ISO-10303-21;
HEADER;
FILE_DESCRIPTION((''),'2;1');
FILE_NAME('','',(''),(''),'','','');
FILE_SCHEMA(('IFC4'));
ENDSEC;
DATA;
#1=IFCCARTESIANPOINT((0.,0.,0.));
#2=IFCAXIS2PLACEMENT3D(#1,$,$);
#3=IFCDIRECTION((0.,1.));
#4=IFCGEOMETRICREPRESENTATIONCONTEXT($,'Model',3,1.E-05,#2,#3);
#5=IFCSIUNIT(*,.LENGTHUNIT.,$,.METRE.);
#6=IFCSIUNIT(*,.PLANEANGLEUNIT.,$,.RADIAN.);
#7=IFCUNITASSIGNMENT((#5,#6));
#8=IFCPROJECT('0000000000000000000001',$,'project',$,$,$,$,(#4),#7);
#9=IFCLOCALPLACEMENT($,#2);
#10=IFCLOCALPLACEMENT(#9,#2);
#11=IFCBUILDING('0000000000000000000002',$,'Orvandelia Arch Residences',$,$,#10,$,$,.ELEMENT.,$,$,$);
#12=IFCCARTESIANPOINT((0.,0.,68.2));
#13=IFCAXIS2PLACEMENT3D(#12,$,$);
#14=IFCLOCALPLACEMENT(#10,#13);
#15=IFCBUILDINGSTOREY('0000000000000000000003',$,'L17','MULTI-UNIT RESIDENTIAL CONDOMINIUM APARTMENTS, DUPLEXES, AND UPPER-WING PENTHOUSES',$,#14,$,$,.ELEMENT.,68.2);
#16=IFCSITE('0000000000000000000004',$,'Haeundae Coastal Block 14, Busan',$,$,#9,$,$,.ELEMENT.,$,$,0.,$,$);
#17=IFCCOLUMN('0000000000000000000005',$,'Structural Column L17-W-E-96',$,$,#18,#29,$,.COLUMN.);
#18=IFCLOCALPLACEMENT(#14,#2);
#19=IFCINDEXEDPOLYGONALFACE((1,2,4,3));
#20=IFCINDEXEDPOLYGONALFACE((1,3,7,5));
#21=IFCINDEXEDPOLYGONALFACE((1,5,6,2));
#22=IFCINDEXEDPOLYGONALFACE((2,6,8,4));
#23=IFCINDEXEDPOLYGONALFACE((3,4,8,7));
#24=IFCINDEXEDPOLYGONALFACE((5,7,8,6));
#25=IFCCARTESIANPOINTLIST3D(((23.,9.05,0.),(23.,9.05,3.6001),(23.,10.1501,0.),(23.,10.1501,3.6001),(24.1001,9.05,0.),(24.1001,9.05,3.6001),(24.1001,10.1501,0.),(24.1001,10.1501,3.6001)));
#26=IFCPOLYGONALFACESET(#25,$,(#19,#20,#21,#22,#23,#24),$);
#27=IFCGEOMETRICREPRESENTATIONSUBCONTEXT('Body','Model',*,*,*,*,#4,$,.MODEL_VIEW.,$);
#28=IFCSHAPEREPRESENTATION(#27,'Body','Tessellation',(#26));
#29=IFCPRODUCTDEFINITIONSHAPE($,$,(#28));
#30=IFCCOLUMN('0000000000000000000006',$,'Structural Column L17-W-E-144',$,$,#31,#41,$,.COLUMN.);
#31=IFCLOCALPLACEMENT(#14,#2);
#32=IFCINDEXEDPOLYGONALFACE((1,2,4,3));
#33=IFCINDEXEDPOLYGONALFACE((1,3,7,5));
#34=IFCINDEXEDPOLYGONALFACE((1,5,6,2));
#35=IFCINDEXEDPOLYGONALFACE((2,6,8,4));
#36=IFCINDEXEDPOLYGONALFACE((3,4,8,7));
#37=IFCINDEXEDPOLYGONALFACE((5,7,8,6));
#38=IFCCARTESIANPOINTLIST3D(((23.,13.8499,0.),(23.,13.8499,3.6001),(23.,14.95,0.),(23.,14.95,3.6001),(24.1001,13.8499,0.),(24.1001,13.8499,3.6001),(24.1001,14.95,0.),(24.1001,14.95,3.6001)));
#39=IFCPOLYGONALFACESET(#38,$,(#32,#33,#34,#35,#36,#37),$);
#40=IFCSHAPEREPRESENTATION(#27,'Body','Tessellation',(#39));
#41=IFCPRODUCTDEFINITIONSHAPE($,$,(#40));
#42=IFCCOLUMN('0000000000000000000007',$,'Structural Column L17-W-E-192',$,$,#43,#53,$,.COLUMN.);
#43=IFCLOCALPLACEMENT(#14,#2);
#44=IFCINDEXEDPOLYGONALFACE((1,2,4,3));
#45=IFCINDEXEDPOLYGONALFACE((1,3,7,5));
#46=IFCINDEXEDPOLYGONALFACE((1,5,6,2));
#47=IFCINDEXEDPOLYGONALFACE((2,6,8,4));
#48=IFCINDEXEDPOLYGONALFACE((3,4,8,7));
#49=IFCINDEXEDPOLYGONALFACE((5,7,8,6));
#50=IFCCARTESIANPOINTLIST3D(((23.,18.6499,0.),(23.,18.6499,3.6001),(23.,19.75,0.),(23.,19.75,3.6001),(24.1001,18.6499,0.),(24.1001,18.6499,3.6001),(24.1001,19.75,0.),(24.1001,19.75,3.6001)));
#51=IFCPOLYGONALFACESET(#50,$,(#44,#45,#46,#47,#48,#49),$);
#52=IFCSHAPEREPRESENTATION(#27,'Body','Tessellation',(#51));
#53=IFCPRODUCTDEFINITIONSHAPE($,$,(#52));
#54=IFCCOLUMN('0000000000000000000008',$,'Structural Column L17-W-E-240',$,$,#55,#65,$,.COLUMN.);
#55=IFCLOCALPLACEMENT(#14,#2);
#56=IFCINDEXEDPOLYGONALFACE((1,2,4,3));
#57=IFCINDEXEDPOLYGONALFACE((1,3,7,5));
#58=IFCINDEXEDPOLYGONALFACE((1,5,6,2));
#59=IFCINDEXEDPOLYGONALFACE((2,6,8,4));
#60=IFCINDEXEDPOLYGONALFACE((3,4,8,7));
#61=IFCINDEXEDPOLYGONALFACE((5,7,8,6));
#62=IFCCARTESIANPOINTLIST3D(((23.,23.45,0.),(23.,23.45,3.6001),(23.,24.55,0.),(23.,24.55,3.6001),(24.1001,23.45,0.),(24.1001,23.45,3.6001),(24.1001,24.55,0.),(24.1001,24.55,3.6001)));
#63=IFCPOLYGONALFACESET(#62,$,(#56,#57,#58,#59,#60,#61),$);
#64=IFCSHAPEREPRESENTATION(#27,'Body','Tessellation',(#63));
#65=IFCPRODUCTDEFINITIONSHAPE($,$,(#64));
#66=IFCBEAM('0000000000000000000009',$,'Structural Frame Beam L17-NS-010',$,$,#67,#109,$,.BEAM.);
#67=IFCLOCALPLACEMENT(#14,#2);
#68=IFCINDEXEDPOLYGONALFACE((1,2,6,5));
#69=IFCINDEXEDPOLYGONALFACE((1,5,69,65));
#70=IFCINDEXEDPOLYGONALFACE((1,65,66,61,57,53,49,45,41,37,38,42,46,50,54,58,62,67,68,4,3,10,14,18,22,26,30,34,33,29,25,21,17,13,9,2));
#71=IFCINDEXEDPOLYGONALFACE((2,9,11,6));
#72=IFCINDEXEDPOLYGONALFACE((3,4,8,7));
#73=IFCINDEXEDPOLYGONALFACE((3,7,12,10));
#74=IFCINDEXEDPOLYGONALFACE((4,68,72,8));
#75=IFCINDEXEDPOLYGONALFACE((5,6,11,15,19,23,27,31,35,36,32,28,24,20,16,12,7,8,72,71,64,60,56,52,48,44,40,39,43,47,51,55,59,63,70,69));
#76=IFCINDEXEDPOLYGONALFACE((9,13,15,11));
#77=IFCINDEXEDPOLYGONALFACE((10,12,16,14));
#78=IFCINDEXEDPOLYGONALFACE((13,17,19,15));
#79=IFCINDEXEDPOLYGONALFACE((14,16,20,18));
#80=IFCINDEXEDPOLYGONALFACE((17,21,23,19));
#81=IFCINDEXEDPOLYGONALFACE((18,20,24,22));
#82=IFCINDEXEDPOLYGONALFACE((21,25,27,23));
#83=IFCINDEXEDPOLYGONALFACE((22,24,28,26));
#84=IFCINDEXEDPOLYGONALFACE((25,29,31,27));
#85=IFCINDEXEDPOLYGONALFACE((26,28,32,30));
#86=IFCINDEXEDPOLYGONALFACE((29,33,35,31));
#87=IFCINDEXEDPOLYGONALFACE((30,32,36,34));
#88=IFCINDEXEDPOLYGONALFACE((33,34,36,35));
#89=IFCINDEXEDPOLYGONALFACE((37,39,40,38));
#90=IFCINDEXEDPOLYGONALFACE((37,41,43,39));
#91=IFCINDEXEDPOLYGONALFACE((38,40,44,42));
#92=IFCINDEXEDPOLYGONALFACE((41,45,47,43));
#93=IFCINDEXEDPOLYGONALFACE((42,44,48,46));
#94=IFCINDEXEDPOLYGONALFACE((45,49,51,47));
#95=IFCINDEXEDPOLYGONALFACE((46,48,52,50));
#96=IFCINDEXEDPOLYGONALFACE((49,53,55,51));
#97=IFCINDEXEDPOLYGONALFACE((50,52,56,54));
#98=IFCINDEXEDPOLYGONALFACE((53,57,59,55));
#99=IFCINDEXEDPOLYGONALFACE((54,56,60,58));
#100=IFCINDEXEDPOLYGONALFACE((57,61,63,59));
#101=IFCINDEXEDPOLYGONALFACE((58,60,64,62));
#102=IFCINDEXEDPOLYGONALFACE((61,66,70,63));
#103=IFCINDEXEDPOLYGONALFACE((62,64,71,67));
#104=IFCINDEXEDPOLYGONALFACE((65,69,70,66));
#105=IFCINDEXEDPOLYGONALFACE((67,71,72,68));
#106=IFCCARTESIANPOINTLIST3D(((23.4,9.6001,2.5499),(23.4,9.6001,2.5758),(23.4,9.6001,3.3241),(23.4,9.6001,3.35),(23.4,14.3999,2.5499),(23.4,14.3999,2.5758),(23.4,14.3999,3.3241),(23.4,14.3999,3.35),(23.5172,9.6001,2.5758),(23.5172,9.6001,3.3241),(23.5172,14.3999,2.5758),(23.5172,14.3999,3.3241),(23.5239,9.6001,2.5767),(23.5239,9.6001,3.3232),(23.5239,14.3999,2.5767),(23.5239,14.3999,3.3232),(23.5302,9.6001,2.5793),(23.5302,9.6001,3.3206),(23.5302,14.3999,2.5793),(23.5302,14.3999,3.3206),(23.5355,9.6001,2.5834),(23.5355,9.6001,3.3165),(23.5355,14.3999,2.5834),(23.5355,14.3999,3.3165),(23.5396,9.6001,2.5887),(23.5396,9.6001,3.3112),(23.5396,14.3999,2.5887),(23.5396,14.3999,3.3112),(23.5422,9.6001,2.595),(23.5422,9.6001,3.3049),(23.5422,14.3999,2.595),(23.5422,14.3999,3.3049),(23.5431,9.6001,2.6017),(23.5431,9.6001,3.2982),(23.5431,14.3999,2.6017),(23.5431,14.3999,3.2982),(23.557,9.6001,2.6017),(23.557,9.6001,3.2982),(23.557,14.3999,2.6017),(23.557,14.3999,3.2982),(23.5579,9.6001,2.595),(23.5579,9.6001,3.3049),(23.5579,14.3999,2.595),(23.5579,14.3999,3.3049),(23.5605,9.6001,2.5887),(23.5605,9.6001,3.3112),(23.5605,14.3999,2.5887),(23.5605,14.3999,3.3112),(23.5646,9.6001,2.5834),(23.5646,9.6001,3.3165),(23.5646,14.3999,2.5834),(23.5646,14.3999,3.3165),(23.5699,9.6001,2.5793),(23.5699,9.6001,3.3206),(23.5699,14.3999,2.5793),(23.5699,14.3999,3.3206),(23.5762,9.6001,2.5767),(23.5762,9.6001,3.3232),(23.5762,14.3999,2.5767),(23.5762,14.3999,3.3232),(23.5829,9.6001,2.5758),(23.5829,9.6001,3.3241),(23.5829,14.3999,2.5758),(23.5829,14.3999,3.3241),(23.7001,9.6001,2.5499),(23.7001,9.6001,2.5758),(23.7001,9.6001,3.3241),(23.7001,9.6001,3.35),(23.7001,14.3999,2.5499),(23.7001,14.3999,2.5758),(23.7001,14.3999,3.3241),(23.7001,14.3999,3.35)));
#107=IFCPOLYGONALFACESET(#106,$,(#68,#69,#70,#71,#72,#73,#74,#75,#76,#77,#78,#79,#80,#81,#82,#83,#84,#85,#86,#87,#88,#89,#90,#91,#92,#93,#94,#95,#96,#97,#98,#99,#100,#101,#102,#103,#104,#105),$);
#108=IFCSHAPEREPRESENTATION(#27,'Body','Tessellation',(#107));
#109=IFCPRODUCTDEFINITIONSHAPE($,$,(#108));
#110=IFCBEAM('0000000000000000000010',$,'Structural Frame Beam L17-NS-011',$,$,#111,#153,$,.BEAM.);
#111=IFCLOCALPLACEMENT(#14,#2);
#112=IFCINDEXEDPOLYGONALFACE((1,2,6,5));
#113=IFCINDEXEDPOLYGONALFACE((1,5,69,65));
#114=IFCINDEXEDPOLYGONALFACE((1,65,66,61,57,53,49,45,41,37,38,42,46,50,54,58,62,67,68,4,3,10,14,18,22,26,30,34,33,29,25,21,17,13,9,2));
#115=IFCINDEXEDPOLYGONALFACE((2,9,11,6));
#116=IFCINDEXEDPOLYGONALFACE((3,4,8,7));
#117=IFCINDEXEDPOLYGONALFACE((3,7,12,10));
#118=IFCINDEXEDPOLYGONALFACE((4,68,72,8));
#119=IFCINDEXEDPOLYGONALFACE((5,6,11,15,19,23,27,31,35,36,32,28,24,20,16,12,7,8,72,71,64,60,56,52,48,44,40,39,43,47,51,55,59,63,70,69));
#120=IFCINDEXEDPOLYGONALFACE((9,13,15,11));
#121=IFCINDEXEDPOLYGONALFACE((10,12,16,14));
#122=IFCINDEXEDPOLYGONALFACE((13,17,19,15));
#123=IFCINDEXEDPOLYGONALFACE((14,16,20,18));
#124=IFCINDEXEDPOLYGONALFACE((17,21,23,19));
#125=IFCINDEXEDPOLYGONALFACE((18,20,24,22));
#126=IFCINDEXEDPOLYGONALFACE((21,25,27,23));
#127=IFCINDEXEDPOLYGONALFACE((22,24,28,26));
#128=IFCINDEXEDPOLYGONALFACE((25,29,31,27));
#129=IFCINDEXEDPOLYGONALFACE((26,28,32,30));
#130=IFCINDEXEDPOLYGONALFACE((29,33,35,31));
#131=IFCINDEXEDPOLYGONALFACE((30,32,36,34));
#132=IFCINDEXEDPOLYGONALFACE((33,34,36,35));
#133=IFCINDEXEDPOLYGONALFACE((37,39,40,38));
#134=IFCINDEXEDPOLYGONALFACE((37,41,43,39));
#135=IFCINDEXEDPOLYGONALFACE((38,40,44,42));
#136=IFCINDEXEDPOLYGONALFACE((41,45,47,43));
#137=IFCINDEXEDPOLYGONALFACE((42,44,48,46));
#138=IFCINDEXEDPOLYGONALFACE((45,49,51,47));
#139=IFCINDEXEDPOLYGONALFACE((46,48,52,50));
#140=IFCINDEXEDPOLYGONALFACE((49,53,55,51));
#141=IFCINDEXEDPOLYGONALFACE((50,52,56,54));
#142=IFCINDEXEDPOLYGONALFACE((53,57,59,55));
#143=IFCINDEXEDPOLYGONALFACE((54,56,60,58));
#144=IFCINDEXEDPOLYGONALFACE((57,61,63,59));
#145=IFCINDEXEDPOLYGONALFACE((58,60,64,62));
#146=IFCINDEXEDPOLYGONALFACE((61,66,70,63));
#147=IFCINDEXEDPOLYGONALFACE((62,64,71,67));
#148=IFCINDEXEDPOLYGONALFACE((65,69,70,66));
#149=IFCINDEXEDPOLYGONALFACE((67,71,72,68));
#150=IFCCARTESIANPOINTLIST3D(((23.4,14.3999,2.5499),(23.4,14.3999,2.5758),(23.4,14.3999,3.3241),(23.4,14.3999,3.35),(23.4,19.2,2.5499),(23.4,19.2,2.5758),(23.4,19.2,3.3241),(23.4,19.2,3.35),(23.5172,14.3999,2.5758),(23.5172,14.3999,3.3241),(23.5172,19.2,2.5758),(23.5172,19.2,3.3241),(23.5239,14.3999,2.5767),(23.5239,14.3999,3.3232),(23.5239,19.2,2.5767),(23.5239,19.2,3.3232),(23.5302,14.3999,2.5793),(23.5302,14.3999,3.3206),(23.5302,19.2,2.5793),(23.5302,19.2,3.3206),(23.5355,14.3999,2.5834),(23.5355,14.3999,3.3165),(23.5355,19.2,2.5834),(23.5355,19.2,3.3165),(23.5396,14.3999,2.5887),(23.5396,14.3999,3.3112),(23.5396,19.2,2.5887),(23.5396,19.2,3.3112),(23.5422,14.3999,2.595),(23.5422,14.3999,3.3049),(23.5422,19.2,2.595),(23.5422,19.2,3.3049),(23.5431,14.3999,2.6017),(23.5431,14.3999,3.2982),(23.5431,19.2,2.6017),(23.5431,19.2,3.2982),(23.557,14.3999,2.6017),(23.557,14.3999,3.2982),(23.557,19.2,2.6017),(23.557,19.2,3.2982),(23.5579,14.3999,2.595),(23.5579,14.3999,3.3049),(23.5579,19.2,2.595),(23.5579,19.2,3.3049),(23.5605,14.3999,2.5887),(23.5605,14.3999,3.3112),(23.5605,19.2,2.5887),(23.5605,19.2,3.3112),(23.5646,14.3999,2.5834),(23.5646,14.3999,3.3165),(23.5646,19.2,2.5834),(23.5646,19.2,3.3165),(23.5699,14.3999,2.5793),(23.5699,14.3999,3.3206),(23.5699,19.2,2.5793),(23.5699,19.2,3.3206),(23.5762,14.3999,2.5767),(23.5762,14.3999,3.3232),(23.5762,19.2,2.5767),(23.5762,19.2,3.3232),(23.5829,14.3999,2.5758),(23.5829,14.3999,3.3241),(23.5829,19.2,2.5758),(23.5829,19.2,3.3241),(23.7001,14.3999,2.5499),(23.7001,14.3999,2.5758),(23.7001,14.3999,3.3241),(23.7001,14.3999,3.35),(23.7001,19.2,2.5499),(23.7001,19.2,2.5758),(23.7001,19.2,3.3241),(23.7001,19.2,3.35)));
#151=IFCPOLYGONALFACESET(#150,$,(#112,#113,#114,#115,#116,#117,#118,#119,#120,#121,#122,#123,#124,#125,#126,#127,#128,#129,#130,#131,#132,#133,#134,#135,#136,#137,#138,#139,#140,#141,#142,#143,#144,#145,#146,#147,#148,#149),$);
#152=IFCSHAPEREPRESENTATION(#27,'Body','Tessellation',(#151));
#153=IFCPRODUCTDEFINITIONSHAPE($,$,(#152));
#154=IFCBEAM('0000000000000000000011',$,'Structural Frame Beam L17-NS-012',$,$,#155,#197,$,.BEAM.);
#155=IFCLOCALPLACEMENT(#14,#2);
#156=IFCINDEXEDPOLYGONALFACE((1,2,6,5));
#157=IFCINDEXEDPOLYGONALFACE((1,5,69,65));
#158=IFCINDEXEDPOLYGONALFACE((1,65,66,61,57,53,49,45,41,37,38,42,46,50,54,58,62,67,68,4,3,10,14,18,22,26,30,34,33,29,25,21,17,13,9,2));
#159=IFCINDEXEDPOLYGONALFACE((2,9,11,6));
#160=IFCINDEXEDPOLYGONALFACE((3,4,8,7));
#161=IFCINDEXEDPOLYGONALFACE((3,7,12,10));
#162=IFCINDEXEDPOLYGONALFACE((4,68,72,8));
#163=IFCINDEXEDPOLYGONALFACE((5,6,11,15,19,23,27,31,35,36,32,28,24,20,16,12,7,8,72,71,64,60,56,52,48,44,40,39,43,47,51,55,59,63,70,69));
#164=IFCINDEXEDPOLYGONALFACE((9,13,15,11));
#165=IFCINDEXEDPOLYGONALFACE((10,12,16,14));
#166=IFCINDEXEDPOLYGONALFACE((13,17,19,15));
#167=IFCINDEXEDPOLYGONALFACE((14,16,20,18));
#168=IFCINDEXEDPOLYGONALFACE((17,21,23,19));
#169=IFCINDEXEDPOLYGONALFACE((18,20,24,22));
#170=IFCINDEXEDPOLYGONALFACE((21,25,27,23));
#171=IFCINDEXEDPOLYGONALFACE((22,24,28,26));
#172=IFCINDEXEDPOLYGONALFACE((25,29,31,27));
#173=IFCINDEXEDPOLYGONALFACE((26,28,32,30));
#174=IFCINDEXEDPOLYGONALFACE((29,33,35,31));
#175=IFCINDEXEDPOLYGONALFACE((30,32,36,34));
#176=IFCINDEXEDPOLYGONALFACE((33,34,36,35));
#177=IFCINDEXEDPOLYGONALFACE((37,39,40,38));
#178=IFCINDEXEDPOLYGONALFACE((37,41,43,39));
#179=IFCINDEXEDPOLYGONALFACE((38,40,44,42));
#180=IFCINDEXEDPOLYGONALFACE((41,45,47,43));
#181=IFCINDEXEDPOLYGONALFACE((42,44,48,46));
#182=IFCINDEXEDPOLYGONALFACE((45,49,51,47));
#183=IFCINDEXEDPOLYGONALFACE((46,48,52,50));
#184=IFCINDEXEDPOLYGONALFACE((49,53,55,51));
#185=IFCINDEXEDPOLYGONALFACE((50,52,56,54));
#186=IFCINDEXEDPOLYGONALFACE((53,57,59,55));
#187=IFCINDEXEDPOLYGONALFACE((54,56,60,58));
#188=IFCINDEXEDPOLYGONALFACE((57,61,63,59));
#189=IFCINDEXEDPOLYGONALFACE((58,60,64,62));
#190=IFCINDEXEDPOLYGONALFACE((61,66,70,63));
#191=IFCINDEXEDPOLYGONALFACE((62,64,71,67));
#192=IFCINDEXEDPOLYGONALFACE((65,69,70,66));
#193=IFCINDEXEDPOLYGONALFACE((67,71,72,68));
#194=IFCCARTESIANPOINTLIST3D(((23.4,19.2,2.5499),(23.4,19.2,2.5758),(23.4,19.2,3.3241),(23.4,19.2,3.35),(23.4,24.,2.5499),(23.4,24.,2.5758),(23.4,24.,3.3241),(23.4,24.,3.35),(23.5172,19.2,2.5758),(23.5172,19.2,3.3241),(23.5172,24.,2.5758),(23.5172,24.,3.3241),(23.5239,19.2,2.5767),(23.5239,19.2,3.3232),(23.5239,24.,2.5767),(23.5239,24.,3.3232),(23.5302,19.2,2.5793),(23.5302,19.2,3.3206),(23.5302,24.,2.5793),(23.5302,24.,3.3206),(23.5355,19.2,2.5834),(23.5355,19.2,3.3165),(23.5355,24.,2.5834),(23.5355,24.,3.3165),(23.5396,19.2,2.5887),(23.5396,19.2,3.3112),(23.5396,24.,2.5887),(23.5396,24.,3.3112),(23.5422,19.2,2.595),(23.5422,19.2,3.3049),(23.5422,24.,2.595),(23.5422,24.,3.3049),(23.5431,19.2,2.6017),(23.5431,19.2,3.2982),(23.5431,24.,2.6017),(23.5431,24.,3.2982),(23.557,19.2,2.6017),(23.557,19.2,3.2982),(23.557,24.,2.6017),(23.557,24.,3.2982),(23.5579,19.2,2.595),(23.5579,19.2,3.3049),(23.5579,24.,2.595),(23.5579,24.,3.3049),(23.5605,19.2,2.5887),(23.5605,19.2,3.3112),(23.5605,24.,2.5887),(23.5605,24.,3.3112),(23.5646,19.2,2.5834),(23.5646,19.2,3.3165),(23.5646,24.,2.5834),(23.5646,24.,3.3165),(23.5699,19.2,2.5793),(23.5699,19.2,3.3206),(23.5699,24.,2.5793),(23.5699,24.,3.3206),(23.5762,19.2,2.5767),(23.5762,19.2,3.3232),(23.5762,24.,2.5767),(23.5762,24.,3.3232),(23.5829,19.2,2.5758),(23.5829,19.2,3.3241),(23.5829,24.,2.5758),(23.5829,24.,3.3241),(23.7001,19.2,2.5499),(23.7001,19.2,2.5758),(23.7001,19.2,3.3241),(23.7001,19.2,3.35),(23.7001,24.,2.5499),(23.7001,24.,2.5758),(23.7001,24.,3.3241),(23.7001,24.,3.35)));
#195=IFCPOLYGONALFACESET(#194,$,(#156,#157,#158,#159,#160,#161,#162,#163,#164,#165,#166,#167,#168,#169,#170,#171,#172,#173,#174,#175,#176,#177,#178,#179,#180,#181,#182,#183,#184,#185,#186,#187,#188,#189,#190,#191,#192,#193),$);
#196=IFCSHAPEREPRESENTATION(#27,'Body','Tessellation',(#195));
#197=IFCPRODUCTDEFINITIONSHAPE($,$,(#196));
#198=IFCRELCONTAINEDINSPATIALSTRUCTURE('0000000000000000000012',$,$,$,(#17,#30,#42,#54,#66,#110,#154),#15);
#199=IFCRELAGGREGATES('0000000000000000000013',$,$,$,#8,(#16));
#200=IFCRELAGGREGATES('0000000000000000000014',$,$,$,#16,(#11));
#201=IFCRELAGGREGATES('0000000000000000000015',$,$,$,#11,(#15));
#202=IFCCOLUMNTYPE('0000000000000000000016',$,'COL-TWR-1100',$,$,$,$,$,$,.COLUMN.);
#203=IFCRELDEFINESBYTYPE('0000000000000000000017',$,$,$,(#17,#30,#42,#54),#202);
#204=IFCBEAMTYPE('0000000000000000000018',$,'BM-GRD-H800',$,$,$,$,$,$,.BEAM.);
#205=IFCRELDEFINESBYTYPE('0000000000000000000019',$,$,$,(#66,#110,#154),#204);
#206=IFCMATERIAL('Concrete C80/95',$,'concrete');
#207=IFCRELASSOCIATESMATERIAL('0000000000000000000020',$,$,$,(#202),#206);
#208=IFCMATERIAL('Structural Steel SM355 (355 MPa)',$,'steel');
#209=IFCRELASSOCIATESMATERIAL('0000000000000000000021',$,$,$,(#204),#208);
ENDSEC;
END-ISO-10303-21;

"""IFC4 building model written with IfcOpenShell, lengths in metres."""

from ifc_helpers import new_model, si_unit, direction, frame, origin, origin_2d, place, context, subcontext, project, spatial, rectangle, i_section, extrude, material, material_profile, profile_set, type_object, element, save


model = new_model("IFC4")

# Units and contexts
model_context = context("Model", 3, precision=1e-05, world=origin(), true_north=direction((0.0, 1.0)))
body_context = subcontext(model_context, "Body", "Model", "MODEL_VIEW")
ifc_project = project(units=[si_unit("LENGTHUNIT", "METRE"), si_unit("PLANEANGLEUNIT", "RADIAN")], contexts=[model_context])

# Site, building, storey
site_placement = place(None, origin())
site = spatial("IfcSite", under=ifc_project, at=site_placement, Name="Haeundae Coastal Block 14, Busan", CompositionType="ELEMENT", RefElevation=0.0)
building_placement = place(site_placement, origin())
building = spatial("IfcBuilding", under=site, at=building_placement, Name="Orvandelia Arch Residences", CompositionType="ELEMENT")
storey_placement = place(building_placement, frame((0.0, 0.0, 68.2)))
storey = spatial("IfcBuildingStorey", under=building, at=storey_placement, Name="L17", Description="MULTI-UNIT RESIDENTIAL CONDOMINIUM APARTMENTS, DUPLEXES, AND UPPER-WING PENTHOUSES", CompositionType="ELEMENT", Elevation=68.2)

# Columns
ifc_material_1 = material(Name="Concrete C80/95", Category="concrete")
ifc_material_profile_1 = material_profile(ifc_material_1, rectangle(XDim=1.1001, YDim=1.1001, at=origin_2d()), Name="Concrete C80/95", Category="concrete")
ifc_profile_set_1 = profile_set([ifc_material_profile_1], Name="Concrete C80/95")
column_type = type_object("IfcColumnType", Name="COL-TWR-1100", PredefinedType="COLUMN", material=ifc_profile_set_1)
for number, where, z_axis, x_axis, name in (
    (1, (23.55, 9.6001, 0.0), (0.0, 0.0, 1.0), (1.0, 0.0, 0.0), "Structural Column L17-W-E-96"),
    (2, (23.55, 14.3999, 0.0), (0.0, 0.0, 1.0), (1.0, 0.0, 0.0), "Structural Column L17-W-E-144"),
    (3, (23.55, 19.2, 0.0), (0.0, 0.0, 1.0), (1.0, 0.0, 0.0), "Structural Column L17-W-E-192"),
    (4, (23.55, 24.0, 0.0), (0.0, 0.0, 1.0), (1.0, 0.0, 0.0), "Structural Column L17-W-E-240"),
):
    element("IfcColumn", number, at=place(storey_placement, frame(where, z_axis=z_axis, x_axis=x_axis)), inside=storey, type_object=column_type, Name=name, PredefinedType="COLUMN", context=body_context, shape_type="SweptSolid", body=[
        extrude(rectangle(XDim=1.1001, YDim=1.1001, at=origin_2d()), origin(), (0.0, 0.0, 1.0), 3.6001),
    ])

# Beams
ifc_material_2 = material(Name="Structural Steel SM355 (355 MPa)", Category="steel")
ifc_material_profile_2 = material_profile(ifc_material_2, i_section(OverallWidth=0.3, OverallDepth=0.8, WebThickness=0.0139, FlangeThickness=0.0259, FilletRadius=0.0259, at=origin_2d()), Name="Structural Steel SM355 (355 MPa)", Category="steel")
ifc_profile_set_2 = profile_set([ifc_material_profile_2], Name="Structural Steel SM355 (355 MPa)")
beam_type = type_object("IfcBeamType", Name="BM-GRD-H800", PredefinedType="BEAM", material=ifc_profile_set_2)
beam_1_placement = place(storey_placement, frame((23.55, 9.6001, 2.95), z_axis=(0.0, 1.0, 0.0), x_axis=(-1.0, 0.0, 0.0)))
element("IfcBeam", 5, at=beam_1_placement, inside=storey, type_object=beam_type, Name="Structural Frame Beam L17-NS-010", PredefinedType="BEAM", context=body_context, shape_type="SweptSolid", body=[
    extrude(i_section(OverallWidth=0.3, OverallDepth=0.8, WebThickness=0.0139, FlangeThickness=0.0259, FilletRadius=0.0259, at=origin_2d()), origin(), (0.0, 0.0, 1.0), 4.7998),
])
for number, where, z_axis, x_axis, name in (
    (6, (23.55, 14.3999, 2.95), (0.0, 1.0, 0.0), (-1.0, 0.0, 0.0), "Structural Frame Beam L17-NS-011"),
    (7, (23.55, 19.2, 2.95), (0.0, 1.0, 0.0), (-1.0, 0.0, 0.0), "Structural Frame Beam L17-NS-012"),
):
    element("IfcBeam", number, at=place(storey_placement, frame(where, z_axis=z_axis, x_axis=x_axis)), inside=storey, type_object=beam_type, Name=name, PredefinedType="BEAM", context=body_context, shape_type="SweptSolid", body=[
        extrude(i_section(OverallWidth=0.3, OverallDepth=0.8, WebThickness=0.0139, FlangeThickness=0.0259, FilletRadius=0.0259, at=origin_2d()), origin(), (0.0, 0.0, 1.0), 4.8),
    ])

save(model, "model.ifc")
